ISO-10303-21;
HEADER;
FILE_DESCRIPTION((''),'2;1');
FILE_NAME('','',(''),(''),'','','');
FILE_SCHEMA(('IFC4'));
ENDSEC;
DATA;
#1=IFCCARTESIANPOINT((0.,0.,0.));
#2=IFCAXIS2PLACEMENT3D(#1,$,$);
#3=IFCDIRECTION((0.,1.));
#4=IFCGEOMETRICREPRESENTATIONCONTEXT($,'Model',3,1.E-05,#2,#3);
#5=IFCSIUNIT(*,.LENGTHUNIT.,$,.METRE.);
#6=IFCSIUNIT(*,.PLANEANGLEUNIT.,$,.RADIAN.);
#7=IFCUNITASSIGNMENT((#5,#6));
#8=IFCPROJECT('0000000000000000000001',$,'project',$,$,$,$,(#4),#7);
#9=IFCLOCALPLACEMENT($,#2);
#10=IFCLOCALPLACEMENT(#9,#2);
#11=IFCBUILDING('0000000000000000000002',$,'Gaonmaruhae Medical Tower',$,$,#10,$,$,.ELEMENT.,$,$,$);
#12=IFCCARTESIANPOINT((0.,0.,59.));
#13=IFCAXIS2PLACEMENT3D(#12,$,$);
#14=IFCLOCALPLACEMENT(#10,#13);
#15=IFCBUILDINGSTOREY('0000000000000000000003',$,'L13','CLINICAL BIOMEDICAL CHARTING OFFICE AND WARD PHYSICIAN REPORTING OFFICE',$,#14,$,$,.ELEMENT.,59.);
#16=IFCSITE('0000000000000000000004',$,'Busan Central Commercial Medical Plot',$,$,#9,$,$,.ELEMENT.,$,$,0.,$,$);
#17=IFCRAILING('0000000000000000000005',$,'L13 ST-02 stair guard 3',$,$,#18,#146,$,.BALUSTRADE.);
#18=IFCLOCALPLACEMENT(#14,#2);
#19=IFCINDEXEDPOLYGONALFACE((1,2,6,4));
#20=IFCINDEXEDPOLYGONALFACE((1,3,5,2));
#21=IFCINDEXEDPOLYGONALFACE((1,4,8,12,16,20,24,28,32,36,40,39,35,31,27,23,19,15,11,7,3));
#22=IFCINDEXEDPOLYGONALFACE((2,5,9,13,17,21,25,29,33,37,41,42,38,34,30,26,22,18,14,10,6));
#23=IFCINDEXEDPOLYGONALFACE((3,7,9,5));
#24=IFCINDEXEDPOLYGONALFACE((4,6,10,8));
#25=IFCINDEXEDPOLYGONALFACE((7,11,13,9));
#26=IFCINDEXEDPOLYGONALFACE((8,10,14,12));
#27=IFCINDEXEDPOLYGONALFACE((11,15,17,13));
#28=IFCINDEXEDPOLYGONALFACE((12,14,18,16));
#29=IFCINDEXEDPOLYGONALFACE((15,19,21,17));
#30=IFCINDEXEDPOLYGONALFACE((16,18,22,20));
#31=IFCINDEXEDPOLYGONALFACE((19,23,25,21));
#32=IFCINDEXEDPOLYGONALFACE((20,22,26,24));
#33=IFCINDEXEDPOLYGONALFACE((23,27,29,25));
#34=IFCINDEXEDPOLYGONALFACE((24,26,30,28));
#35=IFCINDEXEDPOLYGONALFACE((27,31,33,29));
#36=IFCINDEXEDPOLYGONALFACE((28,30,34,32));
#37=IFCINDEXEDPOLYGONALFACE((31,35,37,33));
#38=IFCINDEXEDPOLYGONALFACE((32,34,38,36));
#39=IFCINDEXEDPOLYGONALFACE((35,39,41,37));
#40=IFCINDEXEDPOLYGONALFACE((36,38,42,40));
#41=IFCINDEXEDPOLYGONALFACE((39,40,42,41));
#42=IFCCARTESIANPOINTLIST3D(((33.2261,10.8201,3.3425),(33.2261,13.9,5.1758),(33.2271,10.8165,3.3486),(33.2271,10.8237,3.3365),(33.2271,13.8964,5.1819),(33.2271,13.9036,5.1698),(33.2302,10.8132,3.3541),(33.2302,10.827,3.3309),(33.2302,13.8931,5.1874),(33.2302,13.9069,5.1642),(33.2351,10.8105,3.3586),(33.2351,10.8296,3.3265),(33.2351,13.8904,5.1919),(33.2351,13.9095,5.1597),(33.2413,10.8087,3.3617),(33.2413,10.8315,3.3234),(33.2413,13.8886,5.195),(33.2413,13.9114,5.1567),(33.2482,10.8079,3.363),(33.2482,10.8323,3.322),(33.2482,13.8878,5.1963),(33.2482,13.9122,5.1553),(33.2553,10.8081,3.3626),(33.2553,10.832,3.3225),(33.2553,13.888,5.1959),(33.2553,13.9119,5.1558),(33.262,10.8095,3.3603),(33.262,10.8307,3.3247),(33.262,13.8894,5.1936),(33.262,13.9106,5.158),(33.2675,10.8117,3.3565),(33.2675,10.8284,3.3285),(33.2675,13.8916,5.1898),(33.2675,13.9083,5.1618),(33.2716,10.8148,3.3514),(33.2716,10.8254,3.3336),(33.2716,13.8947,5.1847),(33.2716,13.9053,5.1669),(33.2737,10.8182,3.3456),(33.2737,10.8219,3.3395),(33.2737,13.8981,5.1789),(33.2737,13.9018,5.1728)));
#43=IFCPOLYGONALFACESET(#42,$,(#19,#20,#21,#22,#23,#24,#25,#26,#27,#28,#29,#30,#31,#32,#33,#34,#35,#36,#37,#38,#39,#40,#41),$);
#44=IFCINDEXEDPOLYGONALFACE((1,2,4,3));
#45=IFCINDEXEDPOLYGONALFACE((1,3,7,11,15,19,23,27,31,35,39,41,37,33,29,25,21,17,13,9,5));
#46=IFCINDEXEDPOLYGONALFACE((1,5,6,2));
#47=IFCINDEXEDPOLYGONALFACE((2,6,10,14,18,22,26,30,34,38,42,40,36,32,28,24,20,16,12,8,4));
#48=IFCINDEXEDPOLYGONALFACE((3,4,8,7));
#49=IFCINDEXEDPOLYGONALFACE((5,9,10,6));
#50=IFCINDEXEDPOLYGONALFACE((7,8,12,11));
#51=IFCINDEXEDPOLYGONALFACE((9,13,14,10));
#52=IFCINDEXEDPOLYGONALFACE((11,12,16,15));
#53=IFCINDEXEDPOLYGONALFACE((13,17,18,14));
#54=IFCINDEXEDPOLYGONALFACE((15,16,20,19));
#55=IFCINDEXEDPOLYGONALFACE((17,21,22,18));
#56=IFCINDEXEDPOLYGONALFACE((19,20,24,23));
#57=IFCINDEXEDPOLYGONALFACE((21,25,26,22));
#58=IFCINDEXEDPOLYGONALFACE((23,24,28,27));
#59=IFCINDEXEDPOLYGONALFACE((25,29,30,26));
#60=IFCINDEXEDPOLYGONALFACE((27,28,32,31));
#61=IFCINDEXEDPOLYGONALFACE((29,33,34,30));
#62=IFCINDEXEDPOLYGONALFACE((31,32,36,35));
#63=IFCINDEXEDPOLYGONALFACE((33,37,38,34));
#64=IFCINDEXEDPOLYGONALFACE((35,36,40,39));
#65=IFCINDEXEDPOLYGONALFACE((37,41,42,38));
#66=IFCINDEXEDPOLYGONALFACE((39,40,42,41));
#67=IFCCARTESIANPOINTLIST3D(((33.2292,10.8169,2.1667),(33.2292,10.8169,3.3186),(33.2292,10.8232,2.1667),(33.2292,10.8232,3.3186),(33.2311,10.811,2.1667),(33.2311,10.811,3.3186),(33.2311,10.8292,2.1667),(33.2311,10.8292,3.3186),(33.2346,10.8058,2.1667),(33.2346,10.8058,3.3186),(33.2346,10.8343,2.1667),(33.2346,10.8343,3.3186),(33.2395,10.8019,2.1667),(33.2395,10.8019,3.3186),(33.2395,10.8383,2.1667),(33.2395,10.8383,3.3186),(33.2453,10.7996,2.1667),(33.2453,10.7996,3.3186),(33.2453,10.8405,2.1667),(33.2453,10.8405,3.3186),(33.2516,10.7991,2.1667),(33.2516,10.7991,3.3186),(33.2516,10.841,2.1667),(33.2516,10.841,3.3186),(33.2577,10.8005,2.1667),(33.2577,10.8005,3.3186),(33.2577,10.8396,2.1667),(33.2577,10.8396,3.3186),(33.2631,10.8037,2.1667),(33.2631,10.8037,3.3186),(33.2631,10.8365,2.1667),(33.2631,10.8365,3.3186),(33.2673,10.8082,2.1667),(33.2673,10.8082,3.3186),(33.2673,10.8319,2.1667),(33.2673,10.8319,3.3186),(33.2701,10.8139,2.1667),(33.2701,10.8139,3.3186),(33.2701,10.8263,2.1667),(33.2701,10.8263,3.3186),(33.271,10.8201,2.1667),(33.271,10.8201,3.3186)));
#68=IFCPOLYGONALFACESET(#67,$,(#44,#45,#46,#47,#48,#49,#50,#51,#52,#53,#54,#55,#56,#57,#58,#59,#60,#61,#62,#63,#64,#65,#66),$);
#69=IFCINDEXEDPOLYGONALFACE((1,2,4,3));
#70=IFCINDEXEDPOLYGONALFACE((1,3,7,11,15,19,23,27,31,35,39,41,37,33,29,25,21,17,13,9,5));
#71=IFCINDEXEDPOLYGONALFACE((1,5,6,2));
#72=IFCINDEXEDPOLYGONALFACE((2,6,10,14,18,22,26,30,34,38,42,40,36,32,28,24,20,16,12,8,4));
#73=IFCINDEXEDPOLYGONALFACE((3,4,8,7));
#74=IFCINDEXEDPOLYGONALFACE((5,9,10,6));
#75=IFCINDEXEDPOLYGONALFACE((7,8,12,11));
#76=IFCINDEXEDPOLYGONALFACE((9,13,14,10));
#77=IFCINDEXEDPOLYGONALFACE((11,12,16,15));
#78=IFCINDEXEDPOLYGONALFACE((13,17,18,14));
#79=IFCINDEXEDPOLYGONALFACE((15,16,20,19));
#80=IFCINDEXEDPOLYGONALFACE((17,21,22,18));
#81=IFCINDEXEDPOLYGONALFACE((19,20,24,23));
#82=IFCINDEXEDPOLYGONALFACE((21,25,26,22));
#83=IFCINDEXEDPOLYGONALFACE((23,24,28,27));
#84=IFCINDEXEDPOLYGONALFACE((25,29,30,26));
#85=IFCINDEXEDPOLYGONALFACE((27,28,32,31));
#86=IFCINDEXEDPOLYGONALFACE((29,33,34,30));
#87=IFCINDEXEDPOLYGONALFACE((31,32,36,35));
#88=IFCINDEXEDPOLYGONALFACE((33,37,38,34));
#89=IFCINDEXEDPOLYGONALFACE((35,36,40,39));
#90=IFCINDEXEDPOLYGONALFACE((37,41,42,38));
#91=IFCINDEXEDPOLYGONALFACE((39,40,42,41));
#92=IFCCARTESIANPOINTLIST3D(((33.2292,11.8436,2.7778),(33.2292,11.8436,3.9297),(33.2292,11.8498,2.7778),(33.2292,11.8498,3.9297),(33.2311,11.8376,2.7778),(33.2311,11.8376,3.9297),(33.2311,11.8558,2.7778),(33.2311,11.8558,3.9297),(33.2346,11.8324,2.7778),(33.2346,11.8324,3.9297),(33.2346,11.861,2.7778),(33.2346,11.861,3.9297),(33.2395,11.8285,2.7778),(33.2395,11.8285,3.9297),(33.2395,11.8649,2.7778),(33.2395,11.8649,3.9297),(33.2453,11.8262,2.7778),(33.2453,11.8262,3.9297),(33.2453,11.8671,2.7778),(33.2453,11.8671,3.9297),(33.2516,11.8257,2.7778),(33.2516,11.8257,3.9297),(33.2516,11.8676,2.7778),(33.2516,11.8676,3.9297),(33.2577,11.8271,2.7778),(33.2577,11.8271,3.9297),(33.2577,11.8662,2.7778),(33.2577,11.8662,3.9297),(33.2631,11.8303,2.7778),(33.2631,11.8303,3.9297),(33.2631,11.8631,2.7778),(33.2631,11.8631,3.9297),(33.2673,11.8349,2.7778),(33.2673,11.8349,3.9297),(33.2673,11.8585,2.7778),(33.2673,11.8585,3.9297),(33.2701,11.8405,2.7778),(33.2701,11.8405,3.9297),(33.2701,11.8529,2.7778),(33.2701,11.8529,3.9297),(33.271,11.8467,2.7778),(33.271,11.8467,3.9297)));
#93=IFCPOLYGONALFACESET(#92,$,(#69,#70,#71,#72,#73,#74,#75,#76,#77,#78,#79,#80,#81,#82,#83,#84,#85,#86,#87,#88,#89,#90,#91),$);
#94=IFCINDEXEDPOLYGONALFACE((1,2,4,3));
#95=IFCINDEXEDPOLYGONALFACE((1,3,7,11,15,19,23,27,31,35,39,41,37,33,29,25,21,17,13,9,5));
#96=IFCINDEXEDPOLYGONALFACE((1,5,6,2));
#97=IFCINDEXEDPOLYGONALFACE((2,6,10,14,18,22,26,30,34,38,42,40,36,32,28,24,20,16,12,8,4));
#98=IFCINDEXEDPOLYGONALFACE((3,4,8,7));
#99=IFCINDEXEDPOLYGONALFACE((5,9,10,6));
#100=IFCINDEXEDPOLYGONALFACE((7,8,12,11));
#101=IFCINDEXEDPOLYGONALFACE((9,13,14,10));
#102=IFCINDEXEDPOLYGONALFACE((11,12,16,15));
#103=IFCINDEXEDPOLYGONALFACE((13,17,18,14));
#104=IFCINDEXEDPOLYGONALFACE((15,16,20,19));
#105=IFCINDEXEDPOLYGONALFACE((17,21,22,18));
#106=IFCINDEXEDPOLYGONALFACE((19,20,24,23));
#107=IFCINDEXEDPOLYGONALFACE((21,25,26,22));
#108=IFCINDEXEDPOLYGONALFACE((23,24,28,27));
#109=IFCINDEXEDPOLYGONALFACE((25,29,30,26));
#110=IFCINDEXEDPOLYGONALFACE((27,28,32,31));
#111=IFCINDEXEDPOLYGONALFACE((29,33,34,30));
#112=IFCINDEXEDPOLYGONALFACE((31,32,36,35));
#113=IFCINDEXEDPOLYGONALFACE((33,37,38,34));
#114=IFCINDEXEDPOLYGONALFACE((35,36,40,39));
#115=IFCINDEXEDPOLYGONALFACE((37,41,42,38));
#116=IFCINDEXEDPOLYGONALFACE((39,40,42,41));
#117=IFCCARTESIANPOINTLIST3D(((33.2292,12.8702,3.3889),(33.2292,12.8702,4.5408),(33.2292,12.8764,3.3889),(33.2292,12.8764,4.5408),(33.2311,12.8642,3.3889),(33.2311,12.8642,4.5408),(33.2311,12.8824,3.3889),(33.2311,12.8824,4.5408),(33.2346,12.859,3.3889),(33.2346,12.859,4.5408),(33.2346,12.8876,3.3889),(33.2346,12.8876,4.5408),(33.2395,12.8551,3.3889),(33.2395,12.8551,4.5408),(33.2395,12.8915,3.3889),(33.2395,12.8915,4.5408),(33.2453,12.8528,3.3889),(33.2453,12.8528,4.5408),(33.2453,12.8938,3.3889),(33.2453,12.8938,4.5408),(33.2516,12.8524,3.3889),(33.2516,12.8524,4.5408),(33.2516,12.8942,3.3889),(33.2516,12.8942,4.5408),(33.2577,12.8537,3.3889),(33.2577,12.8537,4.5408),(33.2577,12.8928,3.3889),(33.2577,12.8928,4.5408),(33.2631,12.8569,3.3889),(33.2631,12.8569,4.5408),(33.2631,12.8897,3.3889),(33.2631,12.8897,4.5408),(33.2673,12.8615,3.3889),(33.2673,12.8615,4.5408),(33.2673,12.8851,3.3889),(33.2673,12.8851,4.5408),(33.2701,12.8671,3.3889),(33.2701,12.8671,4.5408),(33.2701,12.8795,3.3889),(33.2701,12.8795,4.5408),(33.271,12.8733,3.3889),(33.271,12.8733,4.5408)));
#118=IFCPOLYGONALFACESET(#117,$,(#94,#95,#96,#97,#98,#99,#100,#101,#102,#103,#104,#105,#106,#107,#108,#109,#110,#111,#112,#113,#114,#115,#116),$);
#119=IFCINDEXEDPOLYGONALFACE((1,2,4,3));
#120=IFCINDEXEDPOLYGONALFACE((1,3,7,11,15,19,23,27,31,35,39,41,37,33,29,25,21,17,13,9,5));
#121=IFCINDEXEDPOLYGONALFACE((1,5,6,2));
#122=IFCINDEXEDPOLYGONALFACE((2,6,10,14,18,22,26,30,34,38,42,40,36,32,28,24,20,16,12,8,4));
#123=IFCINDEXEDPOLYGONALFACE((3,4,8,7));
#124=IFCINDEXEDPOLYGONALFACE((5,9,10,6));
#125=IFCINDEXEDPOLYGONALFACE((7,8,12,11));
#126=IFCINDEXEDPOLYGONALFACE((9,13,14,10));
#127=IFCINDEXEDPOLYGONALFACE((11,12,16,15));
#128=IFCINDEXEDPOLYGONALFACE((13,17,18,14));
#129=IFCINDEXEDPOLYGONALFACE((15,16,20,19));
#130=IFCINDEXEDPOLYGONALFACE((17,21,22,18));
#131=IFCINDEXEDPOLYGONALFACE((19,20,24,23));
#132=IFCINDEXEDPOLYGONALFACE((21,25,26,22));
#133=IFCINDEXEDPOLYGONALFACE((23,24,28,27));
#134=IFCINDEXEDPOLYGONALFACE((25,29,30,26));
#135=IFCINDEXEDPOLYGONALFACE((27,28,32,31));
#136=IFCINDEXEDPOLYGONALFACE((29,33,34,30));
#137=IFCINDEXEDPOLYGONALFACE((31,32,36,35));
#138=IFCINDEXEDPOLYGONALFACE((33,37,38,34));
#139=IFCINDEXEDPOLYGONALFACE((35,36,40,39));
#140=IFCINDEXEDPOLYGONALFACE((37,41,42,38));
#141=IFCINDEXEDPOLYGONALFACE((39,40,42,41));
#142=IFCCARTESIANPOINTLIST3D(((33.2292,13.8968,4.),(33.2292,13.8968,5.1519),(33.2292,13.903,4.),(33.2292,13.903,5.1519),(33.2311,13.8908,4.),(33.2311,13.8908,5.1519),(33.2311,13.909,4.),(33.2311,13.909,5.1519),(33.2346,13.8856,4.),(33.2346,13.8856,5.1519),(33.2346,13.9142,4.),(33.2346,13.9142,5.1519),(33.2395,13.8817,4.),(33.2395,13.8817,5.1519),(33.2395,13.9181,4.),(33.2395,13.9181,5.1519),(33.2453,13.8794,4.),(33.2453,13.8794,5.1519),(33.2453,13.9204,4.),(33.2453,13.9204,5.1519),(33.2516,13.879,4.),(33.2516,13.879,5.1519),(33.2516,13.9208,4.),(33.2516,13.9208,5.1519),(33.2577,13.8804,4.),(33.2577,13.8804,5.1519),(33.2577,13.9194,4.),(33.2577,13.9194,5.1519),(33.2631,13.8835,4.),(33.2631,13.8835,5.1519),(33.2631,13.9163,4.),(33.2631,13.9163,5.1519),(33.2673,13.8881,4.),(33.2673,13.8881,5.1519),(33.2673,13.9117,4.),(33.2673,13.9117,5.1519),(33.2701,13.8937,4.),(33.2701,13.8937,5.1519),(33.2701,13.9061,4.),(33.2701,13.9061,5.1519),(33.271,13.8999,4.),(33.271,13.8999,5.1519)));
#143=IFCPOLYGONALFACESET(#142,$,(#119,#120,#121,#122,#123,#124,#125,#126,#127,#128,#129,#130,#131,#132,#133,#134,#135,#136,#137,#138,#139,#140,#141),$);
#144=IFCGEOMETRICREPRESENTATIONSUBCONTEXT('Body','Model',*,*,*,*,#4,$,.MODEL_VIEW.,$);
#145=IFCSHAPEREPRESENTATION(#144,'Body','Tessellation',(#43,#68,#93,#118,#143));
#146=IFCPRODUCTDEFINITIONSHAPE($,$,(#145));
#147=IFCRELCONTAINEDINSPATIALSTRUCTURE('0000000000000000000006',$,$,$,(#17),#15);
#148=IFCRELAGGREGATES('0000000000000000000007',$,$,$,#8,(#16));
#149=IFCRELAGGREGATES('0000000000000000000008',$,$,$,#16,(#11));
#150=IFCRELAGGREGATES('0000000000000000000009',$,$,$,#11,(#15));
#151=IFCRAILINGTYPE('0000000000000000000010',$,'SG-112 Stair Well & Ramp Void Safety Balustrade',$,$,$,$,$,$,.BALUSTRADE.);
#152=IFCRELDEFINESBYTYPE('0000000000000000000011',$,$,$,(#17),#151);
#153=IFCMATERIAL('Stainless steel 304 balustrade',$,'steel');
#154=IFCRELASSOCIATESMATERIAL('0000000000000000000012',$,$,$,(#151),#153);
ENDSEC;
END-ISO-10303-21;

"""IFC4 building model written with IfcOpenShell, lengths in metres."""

from ifc_helpers import new_model, si_unit, direction, frame, origin, origin_2d, place, context, subcontext, project, spatial, circle, extrude, material, type_object, element, save


model = new_model("IFC4")

# Units and contexts
model_context = context("Model", 3, precision=1e-05, world=origin(), true_north=direction((0.0, 1.0)))
body_context = subcontext(model_context, "Body", "Model", "MODEL_VIEW")
ifc_project = project(units=[si_unit("LENGTHUNIT", "METRE"), si_unit("PLANEANGLEUNIT", "RADIAN")], contexts=[model_context])

# Site, building, storey
site_placement = place(None, origin())
site = spatial("IfcSite", under=ifc_project, at=site_placement, Name="Busan Central Commercial Medical Plot", CompositionType="ELEMENT", RefElevation=0.0)
building_placement = place(site_placement, origin())
building = spatial("IfcBuilding", under=site, at=building_placement, Name="Gaonmaruhae Medical Tower", CompositionType="ELEMENT")
storey_placement = place(building_placement, frame((0.0, 0.0, 59.0)))
storey = spatial("IfcBuildingStorey", under=building, at=storey_placement, Name="L13", Description="CLINICAL BIOMEDICAL CHARTING OFFICE AND WARD PHYSICIAN REPORTING OFFICE", CompositionType="ELEMENT", Elevation=59.0)

# Railing
ifc_material_1 = material(Name="Stainless steel 304 balustrade", Category="steel")
railing_type_1 = type_object("IfcRailingType", Name="SG-112 Stair Well & Ramp Void Safety Balustrade", PredefinedType="BALUSTRADE", material=ifc_material_1)
railing_1_placement = place(storey_placement, frame((33.25, 10.8201, 2.1667)))
element("IfcRailing", 1, at=railing_1_placement, inside=storey, type_object=railing_type_1, Name="L13 ST-02 stair guard 3", PredefinedType="BALUSTRADE", context=body_context, shape_type="SweptSolid", body=[
    extrude(circle(Radius=0.0239, at=origin_2d()), frame((0.0, 0.0, 1.1758), z_axis=(0.0, 0.859291, 0.511487), x_axis=(-1.0, 0.0, 0.0)), (0.0, 0.0, 1.0), 3.5842),
    extrude(circle(Radius=0.021, at=origin_2d()), origin(), (0.0, 0.0, 1.0), 1.1519),
    extrude(circle(Radius=0.021, at=origin_2d()), frame((0.0, 1.0266, 0.6111)), (0.0, 0.0, 1.0), 1.1519),
    extrude(circle(Radius=0.021, at=origin_2d()), frame((0.0, 2.0532, 1.2222)), (0.0, 0.0, 1.0), 1.1519),
    extrude(circle(Radius=0.021, at=origin_2d()), frame((0.0, 3.0798, 1.8333)), (0.0, 0.0, 1.0), 1.1519),
])

save(model, "model.ifc")
